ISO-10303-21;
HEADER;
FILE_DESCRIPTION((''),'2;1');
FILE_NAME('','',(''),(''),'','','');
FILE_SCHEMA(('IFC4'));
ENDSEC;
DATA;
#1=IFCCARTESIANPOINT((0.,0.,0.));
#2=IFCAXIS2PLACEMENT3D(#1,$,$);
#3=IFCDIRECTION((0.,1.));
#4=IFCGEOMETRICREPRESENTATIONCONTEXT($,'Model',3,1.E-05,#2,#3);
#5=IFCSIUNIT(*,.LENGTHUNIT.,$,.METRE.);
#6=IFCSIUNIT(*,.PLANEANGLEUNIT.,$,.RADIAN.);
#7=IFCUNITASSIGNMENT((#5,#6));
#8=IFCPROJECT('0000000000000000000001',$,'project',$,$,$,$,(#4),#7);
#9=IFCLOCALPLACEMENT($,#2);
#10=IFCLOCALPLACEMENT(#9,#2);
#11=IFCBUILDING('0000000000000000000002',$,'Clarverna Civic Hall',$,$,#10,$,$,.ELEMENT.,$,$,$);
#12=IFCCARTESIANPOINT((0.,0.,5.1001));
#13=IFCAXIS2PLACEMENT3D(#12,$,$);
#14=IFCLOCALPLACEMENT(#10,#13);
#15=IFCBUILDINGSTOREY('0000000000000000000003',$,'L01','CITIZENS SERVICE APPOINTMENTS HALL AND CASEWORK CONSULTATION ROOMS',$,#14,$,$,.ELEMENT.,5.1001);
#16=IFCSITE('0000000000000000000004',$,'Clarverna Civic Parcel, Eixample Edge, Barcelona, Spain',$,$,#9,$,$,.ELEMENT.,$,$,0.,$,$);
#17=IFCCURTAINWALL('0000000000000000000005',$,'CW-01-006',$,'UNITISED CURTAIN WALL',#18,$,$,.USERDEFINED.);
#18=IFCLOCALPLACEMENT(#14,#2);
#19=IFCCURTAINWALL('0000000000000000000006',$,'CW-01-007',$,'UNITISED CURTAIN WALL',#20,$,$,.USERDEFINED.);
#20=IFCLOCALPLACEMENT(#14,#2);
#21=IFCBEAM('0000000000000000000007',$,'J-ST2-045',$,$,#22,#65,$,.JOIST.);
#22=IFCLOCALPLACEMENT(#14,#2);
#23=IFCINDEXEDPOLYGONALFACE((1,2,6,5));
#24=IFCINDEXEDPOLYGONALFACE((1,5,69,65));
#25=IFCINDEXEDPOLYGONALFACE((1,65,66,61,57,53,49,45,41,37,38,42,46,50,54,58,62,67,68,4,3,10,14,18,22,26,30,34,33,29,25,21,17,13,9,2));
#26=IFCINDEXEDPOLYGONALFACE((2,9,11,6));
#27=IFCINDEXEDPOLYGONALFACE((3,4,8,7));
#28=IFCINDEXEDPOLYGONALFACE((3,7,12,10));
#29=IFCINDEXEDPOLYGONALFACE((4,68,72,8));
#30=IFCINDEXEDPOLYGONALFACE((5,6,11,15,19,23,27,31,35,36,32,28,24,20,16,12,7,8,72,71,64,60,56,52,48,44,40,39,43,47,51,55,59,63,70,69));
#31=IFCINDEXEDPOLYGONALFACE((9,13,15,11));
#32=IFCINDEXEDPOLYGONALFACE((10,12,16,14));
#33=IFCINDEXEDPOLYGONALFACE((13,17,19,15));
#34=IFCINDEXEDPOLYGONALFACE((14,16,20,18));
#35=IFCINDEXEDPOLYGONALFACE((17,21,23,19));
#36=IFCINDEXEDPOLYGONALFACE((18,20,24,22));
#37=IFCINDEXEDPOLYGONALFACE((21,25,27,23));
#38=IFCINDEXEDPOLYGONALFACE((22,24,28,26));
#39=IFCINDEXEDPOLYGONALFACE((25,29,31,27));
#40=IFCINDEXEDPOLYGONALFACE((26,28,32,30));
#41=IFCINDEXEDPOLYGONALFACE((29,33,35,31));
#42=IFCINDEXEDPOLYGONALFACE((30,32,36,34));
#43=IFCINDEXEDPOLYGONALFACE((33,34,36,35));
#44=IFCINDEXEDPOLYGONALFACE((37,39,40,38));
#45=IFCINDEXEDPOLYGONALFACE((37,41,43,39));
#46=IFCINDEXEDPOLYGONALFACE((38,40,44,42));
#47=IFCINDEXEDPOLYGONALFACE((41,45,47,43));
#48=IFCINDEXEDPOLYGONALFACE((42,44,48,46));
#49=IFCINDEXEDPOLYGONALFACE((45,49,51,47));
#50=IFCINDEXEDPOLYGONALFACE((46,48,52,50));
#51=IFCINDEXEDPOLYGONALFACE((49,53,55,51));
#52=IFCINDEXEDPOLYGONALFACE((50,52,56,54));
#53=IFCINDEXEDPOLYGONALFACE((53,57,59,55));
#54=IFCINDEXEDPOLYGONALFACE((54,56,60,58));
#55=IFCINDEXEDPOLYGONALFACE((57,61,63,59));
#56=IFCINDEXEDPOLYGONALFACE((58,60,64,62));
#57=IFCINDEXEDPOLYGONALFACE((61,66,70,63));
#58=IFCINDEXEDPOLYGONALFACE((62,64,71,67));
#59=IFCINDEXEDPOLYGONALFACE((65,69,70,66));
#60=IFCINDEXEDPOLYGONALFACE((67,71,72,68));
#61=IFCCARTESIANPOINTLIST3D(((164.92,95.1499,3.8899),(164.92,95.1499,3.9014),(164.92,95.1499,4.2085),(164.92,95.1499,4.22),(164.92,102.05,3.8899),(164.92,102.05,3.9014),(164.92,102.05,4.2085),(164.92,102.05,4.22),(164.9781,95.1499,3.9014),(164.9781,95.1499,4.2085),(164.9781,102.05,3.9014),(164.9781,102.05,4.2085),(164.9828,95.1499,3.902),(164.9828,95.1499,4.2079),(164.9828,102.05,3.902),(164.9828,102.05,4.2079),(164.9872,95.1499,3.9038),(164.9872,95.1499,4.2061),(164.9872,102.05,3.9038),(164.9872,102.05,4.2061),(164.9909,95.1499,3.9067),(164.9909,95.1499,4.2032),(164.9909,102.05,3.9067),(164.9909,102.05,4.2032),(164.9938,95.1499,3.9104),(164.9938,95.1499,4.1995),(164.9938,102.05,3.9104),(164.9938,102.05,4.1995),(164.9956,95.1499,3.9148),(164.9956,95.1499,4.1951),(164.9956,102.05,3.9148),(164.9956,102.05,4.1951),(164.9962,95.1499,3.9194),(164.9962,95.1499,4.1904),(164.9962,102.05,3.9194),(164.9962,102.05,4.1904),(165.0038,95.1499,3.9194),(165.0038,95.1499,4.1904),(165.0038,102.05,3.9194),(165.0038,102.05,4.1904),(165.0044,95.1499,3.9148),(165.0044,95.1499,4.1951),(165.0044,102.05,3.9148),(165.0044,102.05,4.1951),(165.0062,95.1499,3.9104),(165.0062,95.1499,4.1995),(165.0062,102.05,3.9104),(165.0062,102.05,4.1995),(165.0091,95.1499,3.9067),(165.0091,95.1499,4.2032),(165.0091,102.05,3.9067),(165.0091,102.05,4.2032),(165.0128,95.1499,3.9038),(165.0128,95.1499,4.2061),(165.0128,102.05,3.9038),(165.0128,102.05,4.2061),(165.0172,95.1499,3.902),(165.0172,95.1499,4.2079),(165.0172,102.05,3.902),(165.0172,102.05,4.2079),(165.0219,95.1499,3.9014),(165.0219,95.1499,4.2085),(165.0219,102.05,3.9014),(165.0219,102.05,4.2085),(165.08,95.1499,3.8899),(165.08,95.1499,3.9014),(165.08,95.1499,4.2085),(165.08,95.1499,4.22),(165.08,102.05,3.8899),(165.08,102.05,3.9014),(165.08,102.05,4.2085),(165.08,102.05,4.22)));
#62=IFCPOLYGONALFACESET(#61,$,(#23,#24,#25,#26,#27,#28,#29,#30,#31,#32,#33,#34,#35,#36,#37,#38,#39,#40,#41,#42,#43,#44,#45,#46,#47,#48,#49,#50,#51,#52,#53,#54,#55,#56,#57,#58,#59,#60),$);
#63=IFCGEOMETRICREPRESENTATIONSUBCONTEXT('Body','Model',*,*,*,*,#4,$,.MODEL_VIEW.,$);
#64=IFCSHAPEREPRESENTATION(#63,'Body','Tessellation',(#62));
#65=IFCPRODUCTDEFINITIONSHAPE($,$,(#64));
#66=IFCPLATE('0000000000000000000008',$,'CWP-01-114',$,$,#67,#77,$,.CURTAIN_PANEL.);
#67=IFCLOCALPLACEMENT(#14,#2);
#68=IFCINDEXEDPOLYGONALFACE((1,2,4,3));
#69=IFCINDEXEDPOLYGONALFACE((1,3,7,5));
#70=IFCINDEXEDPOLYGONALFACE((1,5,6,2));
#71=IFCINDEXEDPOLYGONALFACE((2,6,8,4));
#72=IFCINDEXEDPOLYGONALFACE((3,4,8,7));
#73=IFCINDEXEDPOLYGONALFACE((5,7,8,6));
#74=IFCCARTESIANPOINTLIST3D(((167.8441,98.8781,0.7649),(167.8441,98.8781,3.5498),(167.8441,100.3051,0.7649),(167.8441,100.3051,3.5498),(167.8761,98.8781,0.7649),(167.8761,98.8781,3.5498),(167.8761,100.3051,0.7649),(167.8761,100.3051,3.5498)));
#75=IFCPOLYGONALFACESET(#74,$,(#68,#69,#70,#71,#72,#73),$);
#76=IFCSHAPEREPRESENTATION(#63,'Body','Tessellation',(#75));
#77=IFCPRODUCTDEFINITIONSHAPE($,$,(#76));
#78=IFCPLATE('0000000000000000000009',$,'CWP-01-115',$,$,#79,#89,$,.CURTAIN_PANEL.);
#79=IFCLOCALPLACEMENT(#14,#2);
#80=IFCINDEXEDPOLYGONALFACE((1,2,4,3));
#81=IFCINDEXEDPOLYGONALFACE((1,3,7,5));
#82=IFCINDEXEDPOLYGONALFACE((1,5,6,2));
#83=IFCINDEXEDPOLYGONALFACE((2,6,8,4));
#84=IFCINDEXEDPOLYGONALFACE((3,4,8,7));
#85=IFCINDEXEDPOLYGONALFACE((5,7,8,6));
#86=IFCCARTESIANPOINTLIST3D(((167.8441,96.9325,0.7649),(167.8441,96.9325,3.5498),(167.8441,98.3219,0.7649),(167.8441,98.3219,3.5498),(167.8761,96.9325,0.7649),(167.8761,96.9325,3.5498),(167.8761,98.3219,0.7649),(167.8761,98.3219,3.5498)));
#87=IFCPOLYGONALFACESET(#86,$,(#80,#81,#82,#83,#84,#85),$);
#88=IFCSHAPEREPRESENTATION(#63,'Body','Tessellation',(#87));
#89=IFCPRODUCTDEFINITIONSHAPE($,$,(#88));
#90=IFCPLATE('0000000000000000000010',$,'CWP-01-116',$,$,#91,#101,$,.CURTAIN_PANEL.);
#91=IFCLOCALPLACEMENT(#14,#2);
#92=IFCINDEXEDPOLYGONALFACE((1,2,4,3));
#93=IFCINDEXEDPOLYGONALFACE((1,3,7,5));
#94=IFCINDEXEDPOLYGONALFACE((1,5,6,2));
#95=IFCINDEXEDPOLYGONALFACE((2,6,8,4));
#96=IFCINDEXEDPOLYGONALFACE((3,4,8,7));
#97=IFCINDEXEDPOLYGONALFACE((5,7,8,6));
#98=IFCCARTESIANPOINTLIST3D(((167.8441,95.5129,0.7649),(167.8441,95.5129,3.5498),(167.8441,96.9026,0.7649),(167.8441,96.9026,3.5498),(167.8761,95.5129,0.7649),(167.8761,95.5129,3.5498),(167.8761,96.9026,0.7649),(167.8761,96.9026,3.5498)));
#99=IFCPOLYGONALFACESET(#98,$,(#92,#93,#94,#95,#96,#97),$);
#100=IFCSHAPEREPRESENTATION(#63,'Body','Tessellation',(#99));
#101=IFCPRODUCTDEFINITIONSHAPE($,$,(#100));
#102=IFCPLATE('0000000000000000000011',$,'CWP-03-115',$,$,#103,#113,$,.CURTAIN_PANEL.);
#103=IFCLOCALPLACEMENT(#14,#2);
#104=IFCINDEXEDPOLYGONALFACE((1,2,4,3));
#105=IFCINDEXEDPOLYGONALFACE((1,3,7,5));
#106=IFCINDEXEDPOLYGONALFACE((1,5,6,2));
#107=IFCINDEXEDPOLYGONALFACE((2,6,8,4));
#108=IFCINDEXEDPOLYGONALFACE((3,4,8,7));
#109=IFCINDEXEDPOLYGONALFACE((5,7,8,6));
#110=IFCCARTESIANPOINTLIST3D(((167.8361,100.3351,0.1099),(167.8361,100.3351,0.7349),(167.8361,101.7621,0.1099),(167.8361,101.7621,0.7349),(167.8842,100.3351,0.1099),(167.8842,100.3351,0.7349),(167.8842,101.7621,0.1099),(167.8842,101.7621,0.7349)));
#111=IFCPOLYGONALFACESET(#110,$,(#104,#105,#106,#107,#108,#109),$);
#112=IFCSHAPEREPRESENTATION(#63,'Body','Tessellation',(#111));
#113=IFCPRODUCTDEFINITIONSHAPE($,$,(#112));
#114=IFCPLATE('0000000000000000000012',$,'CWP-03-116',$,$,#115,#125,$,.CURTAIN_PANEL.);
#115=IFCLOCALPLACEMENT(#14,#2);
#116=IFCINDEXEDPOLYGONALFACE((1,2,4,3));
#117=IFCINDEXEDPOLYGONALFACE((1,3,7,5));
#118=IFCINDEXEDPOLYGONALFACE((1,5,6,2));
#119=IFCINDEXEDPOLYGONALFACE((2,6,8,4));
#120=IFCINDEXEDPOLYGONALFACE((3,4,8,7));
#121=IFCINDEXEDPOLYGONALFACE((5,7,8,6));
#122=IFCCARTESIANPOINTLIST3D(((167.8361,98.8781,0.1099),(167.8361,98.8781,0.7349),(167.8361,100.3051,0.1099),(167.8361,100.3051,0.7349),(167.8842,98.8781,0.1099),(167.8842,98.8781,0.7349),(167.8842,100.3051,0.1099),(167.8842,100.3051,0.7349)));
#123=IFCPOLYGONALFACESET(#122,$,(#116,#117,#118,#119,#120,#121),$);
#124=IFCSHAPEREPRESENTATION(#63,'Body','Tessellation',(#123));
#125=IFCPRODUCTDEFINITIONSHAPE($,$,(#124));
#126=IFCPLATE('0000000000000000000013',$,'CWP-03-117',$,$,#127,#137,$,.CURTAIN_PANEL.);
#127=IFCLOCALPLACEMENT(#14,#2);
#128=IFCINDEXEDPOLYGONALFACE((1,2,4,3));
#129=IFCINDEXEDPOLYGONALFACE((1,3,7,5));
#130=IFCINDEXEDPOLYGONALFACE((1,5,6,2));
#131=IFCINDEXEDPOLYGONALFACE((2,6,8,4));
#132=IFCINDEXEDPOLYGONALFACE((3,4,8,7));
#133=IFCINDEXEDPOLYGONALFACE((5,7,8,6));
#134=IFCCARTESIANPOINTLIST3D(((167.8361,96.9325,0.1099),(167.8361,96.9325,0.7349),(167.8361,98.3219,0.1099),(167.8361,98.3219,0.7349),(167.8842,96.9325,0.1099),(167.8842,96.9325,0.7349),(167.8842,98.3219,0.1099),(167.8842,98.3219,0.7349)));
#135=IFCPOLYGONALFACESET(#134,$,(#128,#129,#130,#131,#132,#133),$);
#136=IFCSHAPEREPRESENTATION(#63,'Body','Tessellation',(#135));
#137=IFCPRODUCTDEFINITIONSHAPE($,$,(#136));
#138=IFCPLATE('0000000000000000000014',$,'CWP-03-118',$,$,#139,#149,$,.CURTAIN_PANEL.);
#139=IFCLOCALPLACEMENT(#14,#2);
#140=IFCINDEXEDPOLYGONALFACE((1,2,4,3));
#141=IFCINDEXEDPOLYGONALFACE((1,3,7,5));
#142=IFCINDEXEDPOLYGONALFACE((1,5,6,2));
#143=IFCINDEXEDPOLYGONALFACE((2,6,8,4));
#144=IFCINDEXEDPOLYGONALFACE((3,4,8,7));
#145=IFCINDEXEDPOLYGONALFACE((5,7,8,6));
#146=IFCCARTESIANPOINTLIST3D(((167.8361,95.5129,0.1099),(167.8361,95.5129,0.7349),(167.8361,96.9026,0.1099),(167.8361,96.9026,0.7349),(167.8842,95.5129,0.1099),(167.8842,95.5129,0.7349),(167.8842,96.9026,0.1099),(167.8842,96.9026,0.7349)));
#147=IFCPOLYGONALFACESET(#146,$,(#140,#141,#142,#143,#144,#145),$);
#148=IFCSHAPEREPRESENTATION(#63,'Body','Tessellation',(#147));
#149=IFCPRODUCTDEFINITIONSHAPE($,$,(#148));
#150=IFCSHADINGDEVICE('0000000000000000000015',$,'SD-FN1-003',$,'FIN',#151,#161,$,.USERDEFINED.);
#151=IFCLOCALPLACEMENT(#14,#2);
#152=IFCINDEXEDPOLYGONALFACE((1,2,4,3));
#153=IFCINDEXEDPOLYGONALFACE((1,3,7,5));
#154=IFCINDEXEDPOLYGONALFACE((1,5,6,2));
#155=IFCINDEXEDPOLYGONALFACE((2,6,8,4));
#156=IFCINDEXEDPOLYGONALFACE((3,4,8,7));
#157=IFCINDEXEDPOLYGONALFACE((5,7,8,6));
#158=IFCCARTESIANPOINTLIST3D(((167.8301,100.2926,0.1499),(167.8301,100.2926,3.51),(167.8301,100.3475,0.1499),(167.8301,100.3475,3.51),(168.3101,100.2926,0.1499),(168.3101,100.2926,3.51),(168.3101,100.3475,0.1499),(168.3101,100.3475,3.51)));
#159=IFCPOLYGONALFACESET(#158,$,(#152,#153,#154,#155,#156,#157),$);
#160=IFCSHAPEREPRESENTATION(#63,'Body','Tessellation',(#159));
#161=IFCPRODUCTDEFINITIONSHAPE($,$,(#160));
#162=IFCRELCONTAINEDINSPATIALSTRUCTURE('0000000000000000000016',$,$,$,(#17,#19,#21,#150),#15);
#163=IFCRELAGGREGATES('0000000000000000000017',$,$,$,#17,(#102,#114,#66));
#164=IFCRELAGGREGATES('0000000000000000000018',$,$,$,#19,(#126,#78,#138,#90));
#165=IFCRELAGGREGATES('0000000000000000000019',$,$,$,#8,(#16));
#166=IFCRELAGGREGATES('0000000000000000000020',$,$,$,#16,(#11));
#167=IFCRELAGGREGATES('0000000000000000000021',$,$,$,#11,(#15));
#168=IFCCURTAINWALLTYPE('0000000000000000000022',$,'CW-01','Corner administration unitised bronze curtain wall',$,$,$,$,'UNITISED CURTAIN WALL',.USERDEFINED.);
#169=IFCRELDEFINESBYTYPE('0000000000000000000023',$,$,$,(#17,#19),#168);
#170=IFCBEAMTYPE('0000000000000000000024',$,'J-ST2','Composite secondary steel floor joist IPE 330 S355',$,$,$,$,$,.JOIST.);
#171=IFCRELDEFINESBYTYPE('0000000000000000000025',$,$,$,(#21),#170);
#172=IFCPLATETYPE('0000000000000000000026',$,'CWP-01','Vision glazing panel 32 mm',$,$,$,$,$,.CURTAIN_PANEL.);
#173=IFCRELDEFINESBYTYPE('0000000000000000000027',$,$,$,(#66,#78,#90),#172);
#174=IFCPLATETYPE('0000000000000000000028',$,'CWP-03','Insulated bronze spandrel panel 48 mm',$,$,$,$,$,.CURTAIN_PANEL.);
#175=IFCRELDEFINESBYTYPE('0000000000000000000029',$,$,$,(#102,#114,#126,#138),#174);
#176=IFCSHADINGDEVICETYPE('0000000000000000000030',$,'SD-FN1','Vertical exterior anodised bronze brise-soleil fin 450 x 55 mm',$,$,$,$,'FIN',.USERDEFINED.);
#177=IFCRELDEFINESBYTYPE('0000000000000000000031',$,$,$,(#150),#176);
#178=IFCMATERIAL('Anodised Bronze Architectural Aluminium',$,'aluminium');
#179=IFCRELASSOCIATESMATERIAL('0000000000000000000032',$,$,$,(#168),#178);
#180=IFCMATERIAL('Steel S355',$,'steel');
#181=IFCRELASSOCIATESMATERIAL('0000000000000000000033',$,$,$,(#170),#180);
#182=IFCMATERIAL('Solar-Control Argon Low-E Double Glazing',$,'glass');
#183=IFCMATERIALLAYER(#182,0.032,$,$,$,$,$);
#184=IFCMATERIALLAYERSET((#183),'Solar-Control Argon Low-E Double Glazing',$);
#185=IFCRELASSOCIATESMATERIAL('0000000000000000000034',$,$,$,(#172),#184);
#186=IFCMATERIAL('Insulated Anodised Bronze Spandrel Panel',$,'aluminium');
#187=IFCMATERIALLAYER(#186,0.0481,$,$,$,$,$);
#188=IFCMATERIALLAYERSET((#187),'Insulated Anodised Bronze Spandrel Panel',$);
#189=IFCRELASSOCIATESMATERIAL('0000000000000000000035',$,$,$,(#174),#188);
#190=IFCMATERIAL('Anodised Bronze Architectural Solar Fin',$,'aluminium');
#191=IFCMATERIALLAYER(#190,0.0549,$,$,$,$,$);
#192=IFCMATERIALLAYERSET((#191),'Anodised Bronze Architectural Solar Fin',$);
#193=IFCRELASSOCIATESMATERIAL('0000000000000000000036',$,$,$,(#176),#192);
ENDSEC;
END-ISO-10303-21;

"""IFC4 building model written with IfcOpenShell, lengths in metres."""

from ifc_helpers import new_model, si_unit, direction, frame, frame_2d, origin, origin_2d, place, context, subcontext, project, spatial, rectangle, i_section, extrude, material, layer, layer_set, material_profile, profile_set, type_object, element, aggregate, save


model = new_model("IFC4")

# Units and contexts
model_context = context("Model", 3, precision=1e-05, world=origin(), true_north=direction((0.0, 1.0)))
body_context = subcontext(model_context, "Body", "Model", "MODEL_VIEW")
ifc_project = project(units=[si_unit("LENGTHUNIT", "METRE"), si_unit("PLANEANGLEUNIT", "RADIAN")], contexts=[model_context])

# Site, building, storey
site_placement = place(None, origin())
site = spatial("IfcSite", under=ifc_project, at=site_placement, Name="Clarverna Civic Parcel, Eixample Edge, Barcelona, Spain", CompositionType="ELEMENT", RefElevation=0.0)
building_placement = place(site_placement, origin())
building = spatial("IfcBuilding", under=site, at=building_placement, Name="Clarverna Civic Hall", CompositionType="ELEMENT")
storey_placement = place(building_placement, frame((0.0, 0.0, 5.1001)))
storey = spatial("IfcBuildingStorey", under=building, at=storey_placement, Name="L01", Description="CITIZENS SERVICE APPOINTMENTS HALL AND CASEWORK CONSULTATION ROOMS", CompositionType="ELEMENT", Elevation=5.1001)

# Shared definitions
ifc_material_1 = material(Name="Steel S355", Category="steel")

# Curtain walls
ifc_material_2 = material(Name="Anodised Bronze Architectural Aluminium", Category="aluminium")
curtain_wall_type = type_object("IfcCurtainWallType", Name="CW-01", Description="Corner administration unitised bronze curtain wall", ElementType="UNITISED CURTAIN WALL", PredefinedType="USERDEFINED", material=ifc_material_2)
curtain_wall_1_placement = place(storey_placement, origin())
curtain_wall_1 = element("IfcCurtainWall", 1, at=curtain_wall_1_placement, inside=storey, type_object=curtain_wall_type, Name="CW-01-006", ObjectType="UNITISED CURTAIN WALL", PredefinedType="USERDEFINED")
curtain_wall_2_placement = place(storey_placement, origin())
curtain_wall_2 = element("IfcCurtainWall", 2, at=curtain_wall_2_placement, inside=storey, type_object=curtain_wall_type, Name="CW-01-007", ObjectType="UNITISED CURTAIN WALL", PredefinedType="USERDEFINED")

# Beam
ifc_material_profile_1 = material_profile(ifc_material_1, i_section(OverallWidth=0.1599, OverallDepth=0.3301, WebThickness=0.0076, FlangeThickness=0.0115, FilletRadius=0.0181, at=origin_2d()), Name="IPE 330")
ifc_profile_set_1 = profile_set([ifc_material_profile_1], Name="Steel S355")
beam_type_1 = type_object("IfcBeamType", Name="J-ST2", Description="Composite secondary steel floor joist IPE 330 S355", PredefinedType="JOIST", material=ifc_profile_set_1)
beam_1_placement = place(storey_placement, frame((165.0, 95.1499, 4.0549), z_axis=(0.0, 1.0, 0.0), x_axis=(-1.0, 0.0, 0.0)))
element("IfcBeam", 3, at=beam_1_placement, inside=storey, type_object=beam_type_1, Name="J-ST2-045", PredefinedType="JOIST", context=body_context, shape_type="SweptSolid", body=[
    extrude(i_section(OverallWidth=0.1599, OverallDepth=0.3301, WebThickness=0.0076, FlangeThickness=0.0115, FilletRadius=0.0181, at=origin_2d()), origin(), (0.0, 0.0, 1.0), 6.9001),
])

# Plates
ifc_material_3 = material(Name="Solar-Control Argon Low-E Double Glazing", Category="glass")
ifc_layer_1 = layer(ifc_material_3, 0.032)
ifc_layer_set_1 = layer_set([ifc_layer_1], Name="Solar-Control Argon Low-E Double Glazing")
plate_type_1 = type_object("IfcPlateType", Name="CWP-01", Description="Vision glazing panel 32 mm", PredefinedType="CURTAIN_PANEL", material=ifc_layer_set_1)
plate_1_placement = place(storey_placement, frame((167.8601, 100.3049, 0.7649), z_axis=(0.0, 0.0, 1.0), x_axis=(0.0, -1.0, 0.0)))
plate_1 = element("IfcPlate", 4, at=plate_1_placement, type_object=plate_type_1, Name="CWP-01-114", PredefinedType="CURTAIN_PANEL", context=body_context, shape_type="SweptSolid", body=[
    extrude(rectangle(XDim=1.427, YDim=0.032, at=frame_2d((0.7134, 0.0))), origin(), (0.0, 0.0, 1.0), 2.7849),
])
plate_2_placement = place(storey_placement, frame((167.8601, 98.322, 0.7649), z_axis=(0.0, 0.0, 1.0), x_axis=(0.0, -1.0, 0.0)))
plate_2 = element("IfcPlate", 5, at=plate_2_placement, type_object=plate_type_1, Name="CWP-01-115", PredefinedType="CURTAIN_PANEL", context=body_context, shape_type="SweptSolid", body=[
    extrude(rectangle(XDim=1.3894, YDim=0.032, at=frame_2d((0.6948, 0.0))), origin(), (0.0, 0.0, 1.0), 2.7849),
])
plate_3_placement = place(storey_placement, frame((167.8601, 96.9026, 0.7649), z_axis=(0.0, 0.0, 1.0), x_axis=(0.0, -1.0, 0.0)))
plate_3 = element("IfcPlate", 6, at=plate_3_placement, type_object=plate_type_1, Name="CWP-01-116", PredefinedType="CURTAIN_PANEL", context=body_context, shape_type="SweptSolid", body=[
    extrude(rectangle(XDim=1.3896, YDim=0.032, at=frame_2d((0.6948, 0.0))), origin(), (0.0, 0.0, 1.0), 2.7849),
])
ifc_material_4 = material(Name="Insulated Anodised Bronze Spandrel Panel", Category="aluminium")
ifc_layer_2 = layer(ifc_material_4, 0.0481)
ifc_layer_set_2 = layer_set([ifc_layer_2], Name="Insulated Anodised Bronze Spandrel Panel")
plate_type_2 = type_object("IfcPlateType", Name="CWP-03", Description="Insulated bronze spandrel panel 48 mm", PredefinedType="CURTAIN_PANEL", material=ifc_layer_set_2)
plate_4_placement = place(storey_placement, frame((167.8601, 101.762, 0.1099), z_axis=(0.0, 0.0, 1.0), x_axis=(0.0, -1.0, 0.0)))
plate_4 = element("IfcPlate", 7, at=plate_4_placement, type_object=plate_type_2, Name="CWP-03-115", PredefinedType="CURTAIN_PANEL", context=body_context, shape_type="SweptSolid", body=[
    extrude(rectangle(XDim=1.427, YDim=0.0481, at=frame_2d((0.7134, 0.0))), origin(), (0.0, 0.0, 1.0), 0.625),
])
plate_5_placement = place(storey_placement, frame((167.8601, 100.3049, 0.1099), z_axis=(0.0, 0.0, 1.0), x_axis=(0.0, -1.0, 0.0)))
plate_5 = element("IfcPlate", 8, at=plate_5_placement, type_object=plate_type_2, Name="CWP-03-116", PredefinedType="CURTAIN_PANEL", context=body_context, shape_type="SweptSolid", body=[
    extrude(rectangle(XDim=1.427, YDim=0.0481, at=frame_2d((0.7134, 0.0))), origin(), (0.0, 0.0, 1.0), 0.625),
])
aggregate(curtain_wall_1, [plate_4, plate_5, plate_1])
plate_6_placement = place(storey_placement, frame((167.8601, 98.322, 0.1099), z_axis=(0.0, 0.0, 1.0), x_axis=(0.0, -1.0, 0.0)))
plate_6 = element("IfcPlate", 9, at=plate_6_placement, type_object=plate_type_2, Name="CWP-03-117", PredefinedType="CURTAIN_PANEL", context=body_context, shape_type="SweptSolid", body=[
    extrude(rectangle(XDim=1.3894, YDim=0.0481, at=frame_2d((0.6948, 0.0))), origin(), (0.0, 0.0, 1.0), 0.625),
])
plate_7_placement = place(storey_placement, frame((167.8601, 96.9026, 0.1099), z_axis=(0.0, 0.0, 1.0), x_axis=(0.0, -1.0, 0.0)))
plate_7 = element("IfcPlate", 10, at=plate_7_placement, type_object=plate_type_2, Name="CWP-03-118", PredefinedType="CURTAIN_PANEL", context=body_context, shape_type="SweptSolid", body=[
    extrude(rectangle(XDim=1.3896, YDim=0.0481, at=frame_2d((0.6948, 0.0))), origin(), (0.0, 0.0, 1.0), 0.625),
])
aggregate(curtain_wall_2, [plate_6, plate_2, plate_7, plate_3])

# Shading device
ifc_material_5 = material(Name="Anodised Bronze Architectural Solar Fin", Category="aluminium")
ifc_layer_3 = layer(ifc_material_5, 0.0549)
ifc_layer_set_3 = layer_set([ifc_layer_3], Name="Anodised Bronze Architectural Solar Fin")
shading_device_type = type_object("IfcShadingDeviceType", Name="SD-FN1", Description="Vertical exterior anodised bronze brise-soleil fin 450 x 55 mm", ElementType="FIN", PredefinedType="USERDEFINED", material=ifc_layer_set_3)
shading_device_placement = place(storey_placement, frame((167.8301, 100.3201, 0.1499), z_axis=(0.0, 0.0, 1.0), x_axis=(1.0, 0.0, 0.0)))
element("IfcShadingDevice", 11, at=shading_device_placement, inside=storey, type_object=shading_device_type, Name="SD-FN1-003", ObjectType="FIN", PredefinedType="USERDEFINED", context=body_context, shape_type="SweptSolid", body=[
    extrude(rectangle(XDim=0.48, YDim=0.0549, at=frame_2d((0.24, 0.0))), origin(), (0.0, 0.0, 1.0), 3.3601),
])

save(model, "model.ifc")
